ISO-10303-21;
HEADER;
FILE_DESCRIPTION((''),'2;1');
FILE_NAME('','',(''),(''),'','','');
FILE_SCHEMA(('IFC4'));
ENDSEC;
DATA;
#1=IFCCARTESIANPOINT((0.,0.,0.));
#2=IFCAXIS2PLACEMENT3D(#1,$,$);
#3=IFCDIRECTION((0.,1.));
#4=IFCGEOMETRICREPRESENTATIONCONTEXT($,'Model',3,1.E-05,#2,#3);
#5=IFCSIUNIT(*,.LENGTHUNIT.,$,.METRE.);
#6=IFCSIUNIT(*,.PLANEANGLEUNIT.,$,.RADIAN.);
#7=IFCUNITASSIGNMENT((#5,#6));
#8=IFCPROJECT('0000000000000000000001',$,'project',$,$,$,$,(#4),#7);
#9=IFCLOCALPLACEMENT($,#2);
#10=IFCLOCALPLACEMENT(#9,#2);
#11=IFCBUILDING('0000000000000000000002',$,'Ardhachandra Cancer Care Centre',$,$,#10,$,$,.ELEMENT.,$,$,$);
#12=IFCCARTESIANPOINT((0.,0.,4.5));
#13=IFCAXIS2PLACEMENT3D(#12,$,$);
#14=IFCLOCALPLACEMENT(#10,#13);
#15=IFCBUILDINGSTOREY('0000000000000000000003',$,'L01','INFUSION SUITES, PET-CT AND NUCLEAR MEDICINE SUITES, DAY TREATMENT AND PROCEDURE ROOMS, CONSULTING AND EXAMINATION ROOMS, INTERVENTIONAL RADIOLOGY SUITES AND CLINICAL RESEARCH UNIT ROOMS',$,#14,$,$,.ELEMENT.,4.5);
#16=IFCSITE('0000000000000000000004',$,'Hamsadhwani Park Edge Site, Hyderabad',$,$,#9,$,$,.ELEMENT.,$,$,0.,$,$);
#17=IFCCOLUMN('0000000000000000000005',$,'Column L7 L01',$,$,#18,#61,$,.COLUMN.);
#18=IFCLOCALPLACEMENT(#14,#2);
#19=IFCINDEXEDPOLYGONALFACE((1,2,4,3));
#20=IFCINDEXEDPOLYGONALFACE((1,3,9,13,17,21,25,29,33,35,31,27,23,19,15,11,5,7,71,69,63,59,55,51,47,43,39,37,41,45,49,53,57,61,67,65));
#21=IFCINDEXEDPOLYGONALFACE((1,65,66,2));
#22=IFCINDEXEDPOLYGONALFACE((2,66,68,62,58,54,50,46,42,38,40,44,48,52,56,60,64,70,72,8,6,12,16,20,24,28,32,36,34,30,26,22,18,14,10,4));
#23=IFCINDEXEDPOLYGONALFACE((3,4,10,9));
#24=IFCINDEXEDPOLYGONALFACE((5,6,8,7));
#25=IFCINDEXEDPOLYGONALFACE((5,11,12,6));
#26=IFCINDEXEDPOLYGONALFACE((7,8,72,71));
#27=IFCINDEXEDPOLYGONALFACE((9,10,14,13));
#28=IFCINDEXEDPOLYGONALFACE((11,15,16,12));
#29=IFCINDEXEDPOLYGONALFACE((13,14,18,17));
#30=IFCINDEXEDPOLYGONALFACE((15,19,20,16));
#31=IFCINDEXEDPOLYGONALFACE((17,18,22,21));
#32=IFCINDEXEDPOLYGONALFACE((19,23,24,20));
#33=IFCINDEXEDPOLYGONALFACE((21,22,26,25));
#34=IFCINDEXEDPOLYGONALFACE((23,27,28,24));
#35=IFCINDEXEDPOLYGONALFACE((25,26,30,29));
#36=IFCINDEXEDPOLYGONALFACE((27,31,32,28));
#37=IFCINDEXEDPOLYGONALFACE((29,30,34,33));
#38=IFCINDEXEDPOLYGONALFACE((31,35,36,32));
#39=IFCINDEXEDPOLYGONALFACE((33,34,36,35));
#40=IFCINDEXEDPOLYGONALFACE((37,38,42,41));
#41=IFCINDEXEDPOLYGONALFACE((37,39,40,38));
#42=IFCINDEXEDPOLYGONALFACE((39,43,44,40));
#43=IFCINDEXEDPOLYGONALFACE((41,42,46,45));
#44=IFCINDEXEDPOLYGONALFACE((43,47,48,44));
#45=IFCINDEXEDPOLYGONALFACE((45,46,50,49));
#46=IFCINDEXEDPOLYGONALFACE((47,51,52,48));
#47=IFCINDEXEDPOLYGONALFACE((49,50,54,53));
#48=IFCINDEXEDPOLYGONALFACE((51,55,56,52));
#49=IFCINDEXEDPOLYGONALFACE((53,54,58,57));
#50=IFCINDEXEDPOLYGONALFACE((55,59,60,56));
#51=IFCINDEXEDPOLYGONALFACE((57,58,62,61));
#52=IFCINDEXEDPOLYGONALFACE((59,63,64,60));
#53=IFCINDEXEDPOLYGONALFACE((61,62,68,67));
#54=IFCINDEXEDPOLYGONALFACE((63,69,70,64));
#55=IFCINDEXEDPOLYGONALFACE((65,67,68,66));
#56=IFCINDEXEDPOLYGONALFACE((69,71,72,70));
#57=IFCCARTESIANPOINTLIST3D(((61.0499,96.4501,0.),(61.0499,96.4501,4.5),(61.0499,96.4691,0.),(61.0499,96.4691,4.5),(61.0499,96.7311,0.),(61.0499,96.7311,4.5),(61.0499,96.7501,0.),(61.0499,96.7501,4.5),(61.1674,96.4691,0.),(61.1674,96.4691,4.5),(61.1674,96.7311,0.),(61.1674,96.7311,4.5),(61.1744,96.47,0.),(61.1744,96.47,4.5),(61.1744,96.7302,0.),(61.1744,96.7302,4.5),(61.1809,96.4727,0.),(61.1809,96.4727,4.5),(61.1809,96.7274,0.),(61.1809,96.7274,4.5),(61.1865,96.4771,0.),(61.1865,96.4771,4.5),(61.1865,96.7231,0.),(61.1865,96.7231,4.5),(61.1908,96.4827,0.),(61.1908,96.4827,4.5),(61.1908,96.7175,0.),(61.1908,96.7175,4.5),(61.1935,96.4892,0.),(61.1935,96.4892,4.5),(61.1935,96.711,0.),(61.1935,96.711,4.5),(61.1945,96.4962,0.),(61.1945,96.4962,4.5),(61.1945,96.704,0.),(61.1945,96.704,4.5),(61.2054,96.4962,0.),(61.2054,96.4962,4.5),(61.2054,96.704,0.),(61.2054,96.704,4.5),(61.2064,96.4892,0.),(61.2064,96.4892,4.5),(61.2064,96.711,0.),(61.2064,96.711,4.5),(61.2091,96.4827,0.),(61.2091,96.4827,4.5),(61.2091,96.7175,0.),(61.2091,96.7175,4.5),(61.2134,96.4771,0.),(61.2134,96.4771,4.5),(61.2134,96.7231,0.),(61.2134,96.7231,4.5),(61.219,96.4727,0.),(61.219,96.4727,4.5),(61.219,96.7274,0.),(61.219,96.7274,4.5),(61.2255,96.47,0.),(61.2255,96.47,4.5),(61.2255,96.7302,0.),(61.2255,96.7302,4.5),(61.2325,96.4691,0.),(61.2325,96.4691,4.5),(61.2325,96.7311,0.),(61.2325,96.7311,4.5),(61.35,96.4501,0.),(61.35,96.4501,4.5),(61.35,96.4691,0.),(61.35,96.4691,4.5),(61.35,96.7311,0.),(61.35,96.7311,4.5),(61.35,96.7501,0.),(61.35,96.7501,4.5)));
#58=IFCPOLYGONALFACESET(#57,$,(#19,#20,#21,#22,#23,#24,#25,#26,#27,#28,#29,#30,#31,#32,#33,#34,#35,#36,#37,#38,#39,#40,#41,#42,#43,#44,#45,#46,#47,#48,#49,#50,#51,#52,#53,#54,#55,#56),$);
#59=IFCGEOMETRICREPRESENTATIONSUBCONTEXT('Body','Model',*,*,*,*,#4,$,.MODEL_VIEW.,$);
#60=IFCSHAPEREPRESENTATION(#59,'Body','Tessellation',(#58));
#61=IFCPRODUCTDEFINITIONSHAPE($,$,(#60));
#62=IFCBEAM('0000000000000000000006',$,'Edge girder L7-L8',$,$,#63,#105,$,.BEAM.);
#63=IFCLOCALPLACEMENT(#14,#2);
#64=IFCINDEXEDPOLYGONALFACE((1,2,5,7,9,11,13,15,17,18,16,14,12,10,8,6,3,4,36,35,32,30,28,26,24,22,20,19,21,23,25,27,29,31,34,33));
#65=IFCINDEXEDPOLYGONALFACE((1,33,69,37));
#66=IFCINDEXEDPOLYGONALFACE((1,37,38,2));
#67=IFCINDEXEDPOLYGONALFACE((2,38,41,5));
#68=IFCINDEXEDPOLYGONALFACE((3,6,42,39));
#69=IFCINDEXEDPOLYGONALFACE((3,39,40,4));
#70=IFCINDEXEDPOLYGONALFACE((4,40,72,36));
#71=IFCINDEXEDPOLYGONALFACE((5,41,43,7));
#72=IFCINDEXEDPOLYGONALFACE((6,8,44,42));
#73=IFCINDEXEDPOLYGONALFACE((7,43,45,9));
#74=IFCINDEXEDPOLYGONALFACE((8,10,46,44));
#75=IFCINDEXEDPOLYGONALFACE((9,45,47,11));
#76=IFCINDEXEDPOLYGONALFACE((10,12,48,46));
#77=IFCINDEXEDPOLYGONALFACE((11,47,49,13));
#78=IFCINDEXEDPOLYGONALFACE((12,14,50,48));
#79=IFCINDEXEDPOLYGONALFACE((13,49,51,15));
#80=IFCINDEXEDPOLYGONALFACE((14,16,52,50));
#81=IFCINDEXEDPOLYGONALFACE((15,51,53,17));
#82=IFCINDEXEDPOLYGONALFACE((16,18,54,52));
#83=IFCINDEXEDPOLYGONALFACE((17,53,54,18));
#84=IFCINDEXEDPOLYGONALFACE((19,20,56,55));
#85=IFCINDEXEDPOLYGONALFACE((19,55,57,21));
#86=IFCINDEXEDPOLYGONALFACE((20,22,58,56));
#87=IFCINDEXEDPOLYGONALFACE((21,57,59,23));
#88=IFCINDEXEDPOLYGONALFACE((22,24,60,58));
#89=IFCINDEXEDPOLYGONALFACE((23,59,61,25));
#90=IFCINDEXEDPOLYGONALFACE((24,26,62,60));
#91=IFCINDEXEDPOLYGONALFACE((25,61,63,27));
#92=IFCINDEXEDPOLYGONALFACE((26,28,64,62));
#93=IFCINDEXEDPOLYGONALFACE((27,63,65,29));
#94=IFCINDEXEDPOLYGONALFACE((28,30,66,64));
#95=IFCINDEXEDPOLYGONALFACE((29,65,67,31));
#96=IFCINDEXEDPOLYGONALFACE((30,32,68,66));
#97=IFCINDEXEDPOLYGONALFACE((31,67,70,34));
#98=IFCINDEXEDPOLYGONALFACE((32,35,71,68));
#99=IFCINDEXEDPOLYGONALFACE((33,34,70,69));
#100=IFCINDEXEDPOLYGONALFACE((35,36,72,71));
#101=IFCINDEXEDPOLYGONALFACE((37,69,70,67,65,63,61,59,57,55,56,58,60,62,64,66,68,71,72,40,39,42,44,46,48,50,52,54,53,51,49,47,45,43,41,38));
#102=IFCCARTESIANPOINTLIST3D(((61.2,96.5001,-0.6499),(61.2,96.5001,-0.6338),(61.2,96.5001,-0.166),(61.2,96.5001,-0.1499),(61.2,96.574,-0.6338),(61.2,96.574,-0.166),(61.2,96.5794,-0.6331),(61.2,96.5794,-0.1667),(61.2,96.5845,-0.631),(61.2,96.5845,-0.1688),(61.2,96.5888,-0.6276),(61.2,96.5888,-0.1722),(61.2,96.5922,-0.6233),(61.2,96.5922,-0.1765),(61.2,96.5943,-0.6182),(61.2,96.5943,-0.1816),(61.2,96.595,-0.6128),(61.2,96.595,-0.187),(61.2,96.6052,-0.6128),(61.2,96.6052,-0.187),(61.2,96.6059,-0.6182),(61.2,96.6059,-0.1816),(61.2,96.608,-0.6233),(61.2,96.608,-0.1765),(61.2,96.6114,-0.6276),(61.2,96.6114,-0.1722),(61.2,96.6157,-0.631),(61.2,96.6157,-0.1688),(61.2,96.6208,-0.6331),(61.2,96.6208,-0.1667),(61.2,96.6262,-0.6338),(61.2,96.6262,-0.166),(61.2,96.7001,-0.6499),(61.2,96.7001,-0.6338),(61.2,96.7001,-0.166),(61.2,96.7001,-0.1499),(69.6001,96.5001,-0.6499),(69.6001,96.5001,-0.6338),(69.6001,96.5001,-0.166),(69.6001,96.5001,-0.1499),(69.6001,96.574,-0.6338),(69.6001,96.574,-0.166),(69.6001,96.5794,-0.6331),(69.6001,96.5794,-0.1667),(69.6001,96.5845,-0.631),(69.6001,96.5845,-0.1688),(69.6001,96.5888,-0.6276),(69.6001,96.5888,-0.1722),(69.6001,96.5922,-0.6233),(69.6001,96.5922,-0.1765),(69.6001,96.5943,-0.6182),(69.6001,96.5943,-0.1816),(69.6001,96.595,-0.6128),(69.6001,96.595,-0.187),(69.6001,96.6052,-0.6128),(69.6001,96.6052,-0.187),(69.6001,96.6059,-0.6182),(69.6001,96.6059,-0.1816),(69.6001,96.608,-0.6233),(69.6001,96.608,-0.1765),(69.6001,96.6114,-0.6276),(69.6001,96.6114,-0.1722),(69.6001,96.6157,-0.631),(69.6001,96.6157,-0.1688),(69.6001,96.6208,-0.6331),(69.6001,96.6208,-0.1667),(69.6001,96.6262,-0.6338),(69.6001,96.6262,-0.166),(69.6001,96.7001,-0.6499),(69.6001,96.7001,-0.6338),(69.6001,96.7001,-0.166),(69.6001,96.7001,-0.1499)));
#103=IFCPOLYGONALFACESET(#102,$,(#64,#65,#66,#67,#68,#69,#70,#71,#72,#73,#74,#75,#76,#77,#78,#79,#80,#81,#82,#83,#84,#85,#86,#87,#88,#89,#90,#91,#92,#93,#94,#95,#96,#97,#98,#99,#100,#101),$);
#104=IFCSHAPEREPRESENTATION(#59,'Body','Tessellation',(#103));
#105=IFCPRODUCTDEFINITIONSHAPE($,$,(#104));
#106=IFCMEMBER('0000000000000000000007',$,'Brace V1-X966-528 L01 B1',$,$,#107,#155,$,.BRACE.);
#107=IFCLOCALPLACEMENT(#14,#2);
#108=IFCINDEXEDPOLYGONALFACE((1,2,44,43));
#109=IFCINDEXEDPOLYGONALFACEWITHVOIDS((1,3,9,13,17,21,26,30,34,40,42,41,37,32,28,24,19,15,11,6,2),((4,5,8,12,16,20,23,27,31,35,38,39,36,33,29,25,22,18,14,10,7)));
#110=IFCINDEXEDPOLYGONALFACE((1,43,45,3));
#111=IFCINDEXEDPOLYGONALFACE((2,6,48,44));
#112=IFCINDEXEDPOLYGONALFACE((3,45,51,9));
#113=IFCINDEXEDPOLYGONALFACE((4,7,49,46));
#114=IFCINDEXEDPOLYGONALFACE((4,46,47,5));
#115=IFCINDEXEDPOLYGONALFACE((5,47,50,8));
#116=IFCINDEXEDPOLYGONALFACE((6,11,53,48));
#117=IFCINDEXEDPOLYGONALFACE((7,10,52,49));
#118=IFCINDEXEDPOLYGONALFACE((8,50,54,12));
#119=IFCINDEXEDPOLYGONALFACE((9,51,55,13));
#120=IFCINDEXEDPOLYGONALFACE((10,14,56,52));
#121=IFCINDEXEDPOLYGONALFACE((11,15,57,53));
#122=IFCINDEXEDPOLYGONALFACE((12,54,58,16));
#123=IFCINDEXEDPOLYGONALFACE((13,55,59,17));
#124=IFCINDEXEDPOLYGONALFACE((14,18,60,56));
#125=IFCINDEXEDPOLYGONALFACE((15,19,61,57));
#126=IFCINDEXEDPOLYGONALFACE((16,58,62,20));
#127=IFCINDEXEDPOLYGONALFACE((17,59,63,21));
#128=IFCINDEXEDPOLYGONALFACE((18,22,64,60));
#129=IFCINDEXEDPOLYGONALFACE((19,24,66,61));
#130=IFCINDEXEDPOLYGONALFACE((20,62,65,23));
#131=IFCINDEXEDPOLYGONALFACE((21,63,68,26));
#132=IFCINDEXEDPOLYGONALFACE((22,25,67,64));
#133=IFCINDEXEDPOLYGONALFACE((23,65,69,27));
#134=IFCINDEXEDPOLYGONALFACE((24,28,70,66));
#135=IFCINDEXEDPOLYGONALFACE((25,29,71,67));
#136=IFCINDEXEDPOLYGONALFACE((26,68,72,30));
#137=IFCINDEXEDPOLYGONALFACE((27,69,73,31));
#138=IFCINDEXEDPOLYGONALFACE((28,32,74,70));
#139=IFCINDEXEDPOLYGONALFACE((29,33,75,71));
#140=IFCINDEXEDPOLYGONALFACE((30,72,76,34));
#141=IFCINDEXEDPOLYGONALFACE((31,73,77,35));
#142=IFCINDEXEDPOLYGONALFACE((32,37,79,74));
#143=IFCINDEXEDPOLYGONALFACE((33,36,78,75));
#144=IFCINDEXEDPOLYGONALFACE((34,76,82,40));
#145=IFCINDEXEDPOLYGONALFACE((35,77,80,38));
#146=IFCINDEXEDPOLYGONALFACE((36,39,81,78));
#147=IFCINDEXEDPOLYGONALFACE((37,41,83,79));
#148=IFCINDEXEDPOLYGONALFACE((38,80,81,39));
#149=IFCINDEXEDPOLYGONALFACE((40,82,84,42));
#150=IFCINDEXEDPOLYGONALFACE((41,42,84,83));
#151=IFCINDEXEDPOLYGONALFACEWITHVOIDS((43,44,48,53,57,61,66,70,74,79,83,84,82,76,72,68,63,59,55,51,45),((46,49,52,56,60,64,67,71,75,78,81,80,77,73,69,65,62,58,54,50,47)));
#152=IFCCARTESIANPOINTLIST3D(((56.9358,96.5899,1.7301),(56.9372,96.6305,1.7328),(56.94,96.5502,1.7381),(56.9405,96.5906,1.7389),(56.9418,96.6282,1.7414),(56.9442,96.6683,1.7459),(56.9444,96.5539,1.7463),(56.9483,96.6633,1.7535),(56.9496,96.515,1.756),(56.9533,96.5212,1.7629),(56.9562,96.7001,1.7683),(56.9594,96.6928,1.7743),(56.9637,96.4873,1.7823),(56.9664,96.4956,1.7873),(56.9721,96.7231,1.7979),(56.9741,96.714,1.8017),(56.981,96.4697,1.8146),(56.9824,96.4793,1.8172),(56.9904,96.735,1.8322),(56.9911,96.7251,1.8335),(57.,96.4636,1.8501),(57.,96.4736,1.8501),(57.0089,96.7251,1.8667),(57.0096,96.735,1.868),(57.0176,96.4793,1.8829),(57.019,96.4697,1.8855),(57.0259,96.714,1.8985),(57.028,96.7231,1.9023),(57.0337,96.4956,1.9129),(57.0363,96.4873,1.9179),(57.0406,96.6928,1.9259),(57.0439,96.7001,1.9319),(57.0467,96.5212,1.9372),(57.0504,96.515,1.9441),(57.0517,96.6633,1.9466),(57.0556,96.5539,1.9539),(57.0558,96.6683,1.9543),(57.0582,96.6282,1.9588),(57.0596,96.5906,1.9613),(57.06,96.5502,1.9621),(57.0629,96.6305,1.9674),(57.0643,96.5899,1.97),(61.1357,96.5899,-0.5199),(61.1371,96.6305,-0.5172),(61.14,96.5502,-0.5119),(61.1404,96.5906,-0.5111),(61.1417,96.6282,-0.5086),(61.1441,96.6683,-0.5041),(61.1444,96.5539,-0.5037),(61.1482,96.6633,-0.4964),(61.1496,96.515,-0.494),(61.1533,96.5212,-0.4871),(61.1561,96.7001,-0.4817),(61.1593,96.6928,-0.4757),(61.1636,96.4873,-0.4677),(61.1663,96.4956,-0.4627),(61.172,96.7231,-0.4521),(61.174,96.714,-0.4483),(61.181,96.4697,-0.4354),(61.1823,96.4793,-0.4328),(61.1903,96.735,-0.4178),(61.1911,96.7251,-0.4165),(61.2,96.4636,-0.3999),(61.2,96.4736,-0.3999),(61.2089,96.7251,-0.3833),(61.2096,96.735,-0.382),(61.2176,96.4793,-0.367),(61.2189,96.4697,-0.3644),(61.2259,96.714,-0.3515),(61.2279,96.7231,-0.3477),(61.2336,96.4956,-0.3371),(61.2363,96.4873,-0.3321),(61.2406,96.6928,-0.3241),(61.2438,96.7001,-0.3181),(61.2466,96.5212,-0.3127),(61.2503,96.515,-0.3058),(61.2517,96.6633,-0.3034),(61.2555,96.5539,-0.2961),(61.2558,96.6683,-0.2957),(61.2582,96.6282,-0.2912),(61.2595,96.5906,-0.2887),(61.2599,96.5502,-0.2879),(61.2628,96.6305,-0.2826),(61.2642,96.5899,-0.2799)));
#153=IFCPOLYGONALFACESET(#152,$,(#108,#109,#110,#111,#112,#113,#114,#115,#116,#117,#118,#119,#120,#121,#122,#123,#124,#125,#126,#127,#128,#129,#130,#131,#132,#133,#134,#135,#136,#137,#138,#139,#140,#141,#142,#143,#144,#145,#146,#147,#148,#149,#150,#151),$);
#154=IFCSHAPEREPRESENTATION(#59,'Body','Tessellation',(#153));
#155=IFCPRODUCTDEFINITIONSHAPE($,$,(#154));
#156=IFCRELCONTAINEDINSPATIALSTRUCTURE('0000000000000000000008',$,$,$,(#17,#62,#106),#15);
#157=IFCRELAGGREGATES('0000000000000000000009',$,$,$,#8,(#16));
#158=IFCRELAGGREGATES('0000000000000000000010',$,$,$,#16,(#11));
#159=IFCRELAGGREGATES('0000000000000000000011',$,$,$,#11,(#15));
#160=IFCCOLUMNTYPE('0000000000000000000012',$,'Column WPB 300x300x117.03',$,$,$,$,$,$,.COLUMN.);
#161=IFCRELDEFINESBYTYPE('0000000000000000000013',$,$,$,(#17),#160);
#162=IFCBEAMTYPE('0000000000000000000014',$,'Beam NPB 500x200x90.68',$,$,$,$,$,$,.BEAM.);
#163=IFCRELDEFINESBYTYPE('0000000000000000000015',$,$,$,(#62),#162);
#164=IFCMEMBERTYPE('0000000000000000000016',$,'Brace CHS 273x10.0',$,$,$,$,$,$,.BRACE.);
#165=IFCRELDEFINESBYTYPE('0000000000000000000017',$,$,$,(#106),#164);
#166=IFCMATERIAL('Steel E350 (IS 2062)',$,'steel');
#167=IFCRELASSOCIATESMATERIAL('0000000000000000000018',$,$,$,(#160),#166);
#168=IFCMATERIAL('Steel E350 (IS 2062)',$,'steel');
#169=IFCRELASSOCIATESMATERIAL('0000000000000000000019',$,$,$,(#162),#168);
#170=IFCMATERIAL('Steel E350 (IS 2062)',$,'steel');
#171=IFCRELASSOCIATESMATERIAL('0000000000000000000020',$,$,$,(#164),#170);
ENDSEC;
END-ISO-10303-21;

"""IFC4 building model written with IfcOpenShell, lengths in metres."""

from ifc_helpers import new_model, si_unit, direction, frame, origin, origin_2d, place, context, subcontext, project, spatial, hollow_circle, i_section, extrude, material, material_profile, profile_set, type_object, element, save


model = new_model("IFC4")

# Units and contexts
model_context = context("Model", 3, precision=1e-05, world=origin(), true_north=direction((0.0, 1.0)))
body_context = subcontext(model_context, "Body", "Model", "MODEL_VIEW")
ifc_project = project(units=[si_unit("LENGTHUNIT", "METRE"), si_unit("PLANEANGLEUNIT", "RADIAN")], contexts=[model_context])

# Site, building, storey
site_placement = place(None, origin())
site = spatial("IfcSite", under=ifc_project, at=site_placement, Name="Hamsadhwani Park Edge Site, Hyderabad", CompositionType="ELEMENT", RefElevation=0.0)
building_placement = place(site_placement, origin())
building = spatial("IfcBuilding", under=site, at=building_placement, Name="Ardhachandra Cancer Care Centre", CompositionType="ELEMENT")
storey_placement = place(building_placement, frame((0.0, 0.0, 4.5)))
storey = spatial("IfcBuildingStorey", under=building, at=storey_placement, Name="L01", Description="INFUSION SUITES, PET-CT AND NUCLEAR MEDICINE SUITES, DAY TREATMENT AND PROCEDURE ROOMS, CONSULTING AND EXAMINATION ROOMS, INTERVENTIONAL RADIOLOGY SUITES AND CLINICAL RESEARCH UNIT ROOMS", CompositionType="ELEMENT", Elevation=4.5)

# Column
ifc_material_1 = material(Name="Steel E350 (IS 2062)", Category="steel")
ifc_material_profile_1 = material_profile(ifc_material_1, i_section(OverallWidth=0.3, OverallDepth=0.3, WebThickness=0.011, FlangeThickness=0.019, FilletRadius=0.0271, at=origin_2d()), Name="WPB 300x300x117.03")
ifc_profile_set_1 = profile_set([ifc_material_profile_1], Name="Steel E350 (IS 2062)")
column_type = type_object("IfcColumnType", Name="Column WPB 300x300x117.03", PredefinedType="COLUMN", material=ifc_profile_set_1)
column_placement = place(storey_placement, frame((61.2, 96.6001, 0.0), z_axis=(0.0, 0.0, 1.0), x_axis=(1.0, 0.0, 0.0)))
element("IfcColumn", 1, at=column_placement, inside=storey, type_object=column_type, Name="Column L7 L01", PredefinedType="COLUMN", context=body_context, shape_type="SweptSolid", body=[
    extrude(i_section(OverallWidth=0.3, OverallDepth=0.3, WebThickness=0.011, FlangeThickness=0.019, FilletRadius=0.0271, at=origin_2d()), origin(), (0.0, 0.0, 1.0), 4.5),
])

# Beam
ifc_material_2 = material(Name="Steel E350 (IS 2062)", Category="steel")
ifc_material_profile_2 = material_profile(ifc_material_2, i_section(OverallWidth=0.2, OverallDepth=0.5, WebThickness=0.0103, FlangeThickness=0.0161, FilletRadius=0.021, at=origin_2d()), Name="NPB 500x200x90.68")
ifc_profile_set_2 = profile_set([ifc_material_profile_2], Name="Steel E350 (IS 2062)")
beam_type = type_object("IfcBeamType", Name="Beam NPB 500x200x90.68", PredefinedType="BEAM", material=ifc_profile_set_2)
beam_placement = place(storey_placement, frame((61.2, 96.6001, -0.3999), z_axis=(1.0, 0.0, 0.0), x_axis=(0.0, 1.0, 0.0)))
element("IfcBeam", 2, at=beam_placement, inside=storey, type_object=beam_type, Name="Edge girder L7-L8", PredefinedType="BEAM", context=body_context, shape_type="SweptSolid", body=[
    extrude(i_section(OverallWidth=0.2, OverallDepth=0.5, WebThickness=0.0103, FlangeThickness=0.0161, FilletRadius=0.021, at=origin_2d()), origin(), (0.0, 0.0, 1.0), 8.4001),
])

# Member
ifc_material_3 = material(Name="Steel E350 (IS 2062)", Category="steel")
ifc_material_profile_3 = material_profile(ifc_material_3, hollow_circle(Radius=0.1365, WallThickness=0.01, at=origin_2d()), Name="CHS 273x10.0")
ifc_profile_set_3 = profile_set([ifc_material_profile_3], Name="Steel E350 (IS 2062)")
member_type_1 = type_object("IfcMemberType", Name="Brace CHS 273x10.0", PredefinedType="BRACE", material=ifc_profile_set_3)
for number, where, z_axis, x_axis, name in (
    (3, (61.2, 96.6001, -0.3999), (-0.881478, 0.0, 0.472226), (0.0, -1.0, 0.0), "Brace V1-X966-528 L01 B1"),
):
    element("IfcMember", number, at=place(storey_placement, frame(where, z_axis=z_axis, x_axis=x_axis)), inside=storey, type_object=member_type_1, Name=name, PredefinedType="BRACE", context=body_context, shape_type="SweptSolid", body=[
        extrude(hollow_circle(Radius=0.1365, WallThickness=0.01, at=origin_2d()), origin(), (0.0, 0.0, 1.0), 4.7646),
    ])

save(model, "model.ifc")
